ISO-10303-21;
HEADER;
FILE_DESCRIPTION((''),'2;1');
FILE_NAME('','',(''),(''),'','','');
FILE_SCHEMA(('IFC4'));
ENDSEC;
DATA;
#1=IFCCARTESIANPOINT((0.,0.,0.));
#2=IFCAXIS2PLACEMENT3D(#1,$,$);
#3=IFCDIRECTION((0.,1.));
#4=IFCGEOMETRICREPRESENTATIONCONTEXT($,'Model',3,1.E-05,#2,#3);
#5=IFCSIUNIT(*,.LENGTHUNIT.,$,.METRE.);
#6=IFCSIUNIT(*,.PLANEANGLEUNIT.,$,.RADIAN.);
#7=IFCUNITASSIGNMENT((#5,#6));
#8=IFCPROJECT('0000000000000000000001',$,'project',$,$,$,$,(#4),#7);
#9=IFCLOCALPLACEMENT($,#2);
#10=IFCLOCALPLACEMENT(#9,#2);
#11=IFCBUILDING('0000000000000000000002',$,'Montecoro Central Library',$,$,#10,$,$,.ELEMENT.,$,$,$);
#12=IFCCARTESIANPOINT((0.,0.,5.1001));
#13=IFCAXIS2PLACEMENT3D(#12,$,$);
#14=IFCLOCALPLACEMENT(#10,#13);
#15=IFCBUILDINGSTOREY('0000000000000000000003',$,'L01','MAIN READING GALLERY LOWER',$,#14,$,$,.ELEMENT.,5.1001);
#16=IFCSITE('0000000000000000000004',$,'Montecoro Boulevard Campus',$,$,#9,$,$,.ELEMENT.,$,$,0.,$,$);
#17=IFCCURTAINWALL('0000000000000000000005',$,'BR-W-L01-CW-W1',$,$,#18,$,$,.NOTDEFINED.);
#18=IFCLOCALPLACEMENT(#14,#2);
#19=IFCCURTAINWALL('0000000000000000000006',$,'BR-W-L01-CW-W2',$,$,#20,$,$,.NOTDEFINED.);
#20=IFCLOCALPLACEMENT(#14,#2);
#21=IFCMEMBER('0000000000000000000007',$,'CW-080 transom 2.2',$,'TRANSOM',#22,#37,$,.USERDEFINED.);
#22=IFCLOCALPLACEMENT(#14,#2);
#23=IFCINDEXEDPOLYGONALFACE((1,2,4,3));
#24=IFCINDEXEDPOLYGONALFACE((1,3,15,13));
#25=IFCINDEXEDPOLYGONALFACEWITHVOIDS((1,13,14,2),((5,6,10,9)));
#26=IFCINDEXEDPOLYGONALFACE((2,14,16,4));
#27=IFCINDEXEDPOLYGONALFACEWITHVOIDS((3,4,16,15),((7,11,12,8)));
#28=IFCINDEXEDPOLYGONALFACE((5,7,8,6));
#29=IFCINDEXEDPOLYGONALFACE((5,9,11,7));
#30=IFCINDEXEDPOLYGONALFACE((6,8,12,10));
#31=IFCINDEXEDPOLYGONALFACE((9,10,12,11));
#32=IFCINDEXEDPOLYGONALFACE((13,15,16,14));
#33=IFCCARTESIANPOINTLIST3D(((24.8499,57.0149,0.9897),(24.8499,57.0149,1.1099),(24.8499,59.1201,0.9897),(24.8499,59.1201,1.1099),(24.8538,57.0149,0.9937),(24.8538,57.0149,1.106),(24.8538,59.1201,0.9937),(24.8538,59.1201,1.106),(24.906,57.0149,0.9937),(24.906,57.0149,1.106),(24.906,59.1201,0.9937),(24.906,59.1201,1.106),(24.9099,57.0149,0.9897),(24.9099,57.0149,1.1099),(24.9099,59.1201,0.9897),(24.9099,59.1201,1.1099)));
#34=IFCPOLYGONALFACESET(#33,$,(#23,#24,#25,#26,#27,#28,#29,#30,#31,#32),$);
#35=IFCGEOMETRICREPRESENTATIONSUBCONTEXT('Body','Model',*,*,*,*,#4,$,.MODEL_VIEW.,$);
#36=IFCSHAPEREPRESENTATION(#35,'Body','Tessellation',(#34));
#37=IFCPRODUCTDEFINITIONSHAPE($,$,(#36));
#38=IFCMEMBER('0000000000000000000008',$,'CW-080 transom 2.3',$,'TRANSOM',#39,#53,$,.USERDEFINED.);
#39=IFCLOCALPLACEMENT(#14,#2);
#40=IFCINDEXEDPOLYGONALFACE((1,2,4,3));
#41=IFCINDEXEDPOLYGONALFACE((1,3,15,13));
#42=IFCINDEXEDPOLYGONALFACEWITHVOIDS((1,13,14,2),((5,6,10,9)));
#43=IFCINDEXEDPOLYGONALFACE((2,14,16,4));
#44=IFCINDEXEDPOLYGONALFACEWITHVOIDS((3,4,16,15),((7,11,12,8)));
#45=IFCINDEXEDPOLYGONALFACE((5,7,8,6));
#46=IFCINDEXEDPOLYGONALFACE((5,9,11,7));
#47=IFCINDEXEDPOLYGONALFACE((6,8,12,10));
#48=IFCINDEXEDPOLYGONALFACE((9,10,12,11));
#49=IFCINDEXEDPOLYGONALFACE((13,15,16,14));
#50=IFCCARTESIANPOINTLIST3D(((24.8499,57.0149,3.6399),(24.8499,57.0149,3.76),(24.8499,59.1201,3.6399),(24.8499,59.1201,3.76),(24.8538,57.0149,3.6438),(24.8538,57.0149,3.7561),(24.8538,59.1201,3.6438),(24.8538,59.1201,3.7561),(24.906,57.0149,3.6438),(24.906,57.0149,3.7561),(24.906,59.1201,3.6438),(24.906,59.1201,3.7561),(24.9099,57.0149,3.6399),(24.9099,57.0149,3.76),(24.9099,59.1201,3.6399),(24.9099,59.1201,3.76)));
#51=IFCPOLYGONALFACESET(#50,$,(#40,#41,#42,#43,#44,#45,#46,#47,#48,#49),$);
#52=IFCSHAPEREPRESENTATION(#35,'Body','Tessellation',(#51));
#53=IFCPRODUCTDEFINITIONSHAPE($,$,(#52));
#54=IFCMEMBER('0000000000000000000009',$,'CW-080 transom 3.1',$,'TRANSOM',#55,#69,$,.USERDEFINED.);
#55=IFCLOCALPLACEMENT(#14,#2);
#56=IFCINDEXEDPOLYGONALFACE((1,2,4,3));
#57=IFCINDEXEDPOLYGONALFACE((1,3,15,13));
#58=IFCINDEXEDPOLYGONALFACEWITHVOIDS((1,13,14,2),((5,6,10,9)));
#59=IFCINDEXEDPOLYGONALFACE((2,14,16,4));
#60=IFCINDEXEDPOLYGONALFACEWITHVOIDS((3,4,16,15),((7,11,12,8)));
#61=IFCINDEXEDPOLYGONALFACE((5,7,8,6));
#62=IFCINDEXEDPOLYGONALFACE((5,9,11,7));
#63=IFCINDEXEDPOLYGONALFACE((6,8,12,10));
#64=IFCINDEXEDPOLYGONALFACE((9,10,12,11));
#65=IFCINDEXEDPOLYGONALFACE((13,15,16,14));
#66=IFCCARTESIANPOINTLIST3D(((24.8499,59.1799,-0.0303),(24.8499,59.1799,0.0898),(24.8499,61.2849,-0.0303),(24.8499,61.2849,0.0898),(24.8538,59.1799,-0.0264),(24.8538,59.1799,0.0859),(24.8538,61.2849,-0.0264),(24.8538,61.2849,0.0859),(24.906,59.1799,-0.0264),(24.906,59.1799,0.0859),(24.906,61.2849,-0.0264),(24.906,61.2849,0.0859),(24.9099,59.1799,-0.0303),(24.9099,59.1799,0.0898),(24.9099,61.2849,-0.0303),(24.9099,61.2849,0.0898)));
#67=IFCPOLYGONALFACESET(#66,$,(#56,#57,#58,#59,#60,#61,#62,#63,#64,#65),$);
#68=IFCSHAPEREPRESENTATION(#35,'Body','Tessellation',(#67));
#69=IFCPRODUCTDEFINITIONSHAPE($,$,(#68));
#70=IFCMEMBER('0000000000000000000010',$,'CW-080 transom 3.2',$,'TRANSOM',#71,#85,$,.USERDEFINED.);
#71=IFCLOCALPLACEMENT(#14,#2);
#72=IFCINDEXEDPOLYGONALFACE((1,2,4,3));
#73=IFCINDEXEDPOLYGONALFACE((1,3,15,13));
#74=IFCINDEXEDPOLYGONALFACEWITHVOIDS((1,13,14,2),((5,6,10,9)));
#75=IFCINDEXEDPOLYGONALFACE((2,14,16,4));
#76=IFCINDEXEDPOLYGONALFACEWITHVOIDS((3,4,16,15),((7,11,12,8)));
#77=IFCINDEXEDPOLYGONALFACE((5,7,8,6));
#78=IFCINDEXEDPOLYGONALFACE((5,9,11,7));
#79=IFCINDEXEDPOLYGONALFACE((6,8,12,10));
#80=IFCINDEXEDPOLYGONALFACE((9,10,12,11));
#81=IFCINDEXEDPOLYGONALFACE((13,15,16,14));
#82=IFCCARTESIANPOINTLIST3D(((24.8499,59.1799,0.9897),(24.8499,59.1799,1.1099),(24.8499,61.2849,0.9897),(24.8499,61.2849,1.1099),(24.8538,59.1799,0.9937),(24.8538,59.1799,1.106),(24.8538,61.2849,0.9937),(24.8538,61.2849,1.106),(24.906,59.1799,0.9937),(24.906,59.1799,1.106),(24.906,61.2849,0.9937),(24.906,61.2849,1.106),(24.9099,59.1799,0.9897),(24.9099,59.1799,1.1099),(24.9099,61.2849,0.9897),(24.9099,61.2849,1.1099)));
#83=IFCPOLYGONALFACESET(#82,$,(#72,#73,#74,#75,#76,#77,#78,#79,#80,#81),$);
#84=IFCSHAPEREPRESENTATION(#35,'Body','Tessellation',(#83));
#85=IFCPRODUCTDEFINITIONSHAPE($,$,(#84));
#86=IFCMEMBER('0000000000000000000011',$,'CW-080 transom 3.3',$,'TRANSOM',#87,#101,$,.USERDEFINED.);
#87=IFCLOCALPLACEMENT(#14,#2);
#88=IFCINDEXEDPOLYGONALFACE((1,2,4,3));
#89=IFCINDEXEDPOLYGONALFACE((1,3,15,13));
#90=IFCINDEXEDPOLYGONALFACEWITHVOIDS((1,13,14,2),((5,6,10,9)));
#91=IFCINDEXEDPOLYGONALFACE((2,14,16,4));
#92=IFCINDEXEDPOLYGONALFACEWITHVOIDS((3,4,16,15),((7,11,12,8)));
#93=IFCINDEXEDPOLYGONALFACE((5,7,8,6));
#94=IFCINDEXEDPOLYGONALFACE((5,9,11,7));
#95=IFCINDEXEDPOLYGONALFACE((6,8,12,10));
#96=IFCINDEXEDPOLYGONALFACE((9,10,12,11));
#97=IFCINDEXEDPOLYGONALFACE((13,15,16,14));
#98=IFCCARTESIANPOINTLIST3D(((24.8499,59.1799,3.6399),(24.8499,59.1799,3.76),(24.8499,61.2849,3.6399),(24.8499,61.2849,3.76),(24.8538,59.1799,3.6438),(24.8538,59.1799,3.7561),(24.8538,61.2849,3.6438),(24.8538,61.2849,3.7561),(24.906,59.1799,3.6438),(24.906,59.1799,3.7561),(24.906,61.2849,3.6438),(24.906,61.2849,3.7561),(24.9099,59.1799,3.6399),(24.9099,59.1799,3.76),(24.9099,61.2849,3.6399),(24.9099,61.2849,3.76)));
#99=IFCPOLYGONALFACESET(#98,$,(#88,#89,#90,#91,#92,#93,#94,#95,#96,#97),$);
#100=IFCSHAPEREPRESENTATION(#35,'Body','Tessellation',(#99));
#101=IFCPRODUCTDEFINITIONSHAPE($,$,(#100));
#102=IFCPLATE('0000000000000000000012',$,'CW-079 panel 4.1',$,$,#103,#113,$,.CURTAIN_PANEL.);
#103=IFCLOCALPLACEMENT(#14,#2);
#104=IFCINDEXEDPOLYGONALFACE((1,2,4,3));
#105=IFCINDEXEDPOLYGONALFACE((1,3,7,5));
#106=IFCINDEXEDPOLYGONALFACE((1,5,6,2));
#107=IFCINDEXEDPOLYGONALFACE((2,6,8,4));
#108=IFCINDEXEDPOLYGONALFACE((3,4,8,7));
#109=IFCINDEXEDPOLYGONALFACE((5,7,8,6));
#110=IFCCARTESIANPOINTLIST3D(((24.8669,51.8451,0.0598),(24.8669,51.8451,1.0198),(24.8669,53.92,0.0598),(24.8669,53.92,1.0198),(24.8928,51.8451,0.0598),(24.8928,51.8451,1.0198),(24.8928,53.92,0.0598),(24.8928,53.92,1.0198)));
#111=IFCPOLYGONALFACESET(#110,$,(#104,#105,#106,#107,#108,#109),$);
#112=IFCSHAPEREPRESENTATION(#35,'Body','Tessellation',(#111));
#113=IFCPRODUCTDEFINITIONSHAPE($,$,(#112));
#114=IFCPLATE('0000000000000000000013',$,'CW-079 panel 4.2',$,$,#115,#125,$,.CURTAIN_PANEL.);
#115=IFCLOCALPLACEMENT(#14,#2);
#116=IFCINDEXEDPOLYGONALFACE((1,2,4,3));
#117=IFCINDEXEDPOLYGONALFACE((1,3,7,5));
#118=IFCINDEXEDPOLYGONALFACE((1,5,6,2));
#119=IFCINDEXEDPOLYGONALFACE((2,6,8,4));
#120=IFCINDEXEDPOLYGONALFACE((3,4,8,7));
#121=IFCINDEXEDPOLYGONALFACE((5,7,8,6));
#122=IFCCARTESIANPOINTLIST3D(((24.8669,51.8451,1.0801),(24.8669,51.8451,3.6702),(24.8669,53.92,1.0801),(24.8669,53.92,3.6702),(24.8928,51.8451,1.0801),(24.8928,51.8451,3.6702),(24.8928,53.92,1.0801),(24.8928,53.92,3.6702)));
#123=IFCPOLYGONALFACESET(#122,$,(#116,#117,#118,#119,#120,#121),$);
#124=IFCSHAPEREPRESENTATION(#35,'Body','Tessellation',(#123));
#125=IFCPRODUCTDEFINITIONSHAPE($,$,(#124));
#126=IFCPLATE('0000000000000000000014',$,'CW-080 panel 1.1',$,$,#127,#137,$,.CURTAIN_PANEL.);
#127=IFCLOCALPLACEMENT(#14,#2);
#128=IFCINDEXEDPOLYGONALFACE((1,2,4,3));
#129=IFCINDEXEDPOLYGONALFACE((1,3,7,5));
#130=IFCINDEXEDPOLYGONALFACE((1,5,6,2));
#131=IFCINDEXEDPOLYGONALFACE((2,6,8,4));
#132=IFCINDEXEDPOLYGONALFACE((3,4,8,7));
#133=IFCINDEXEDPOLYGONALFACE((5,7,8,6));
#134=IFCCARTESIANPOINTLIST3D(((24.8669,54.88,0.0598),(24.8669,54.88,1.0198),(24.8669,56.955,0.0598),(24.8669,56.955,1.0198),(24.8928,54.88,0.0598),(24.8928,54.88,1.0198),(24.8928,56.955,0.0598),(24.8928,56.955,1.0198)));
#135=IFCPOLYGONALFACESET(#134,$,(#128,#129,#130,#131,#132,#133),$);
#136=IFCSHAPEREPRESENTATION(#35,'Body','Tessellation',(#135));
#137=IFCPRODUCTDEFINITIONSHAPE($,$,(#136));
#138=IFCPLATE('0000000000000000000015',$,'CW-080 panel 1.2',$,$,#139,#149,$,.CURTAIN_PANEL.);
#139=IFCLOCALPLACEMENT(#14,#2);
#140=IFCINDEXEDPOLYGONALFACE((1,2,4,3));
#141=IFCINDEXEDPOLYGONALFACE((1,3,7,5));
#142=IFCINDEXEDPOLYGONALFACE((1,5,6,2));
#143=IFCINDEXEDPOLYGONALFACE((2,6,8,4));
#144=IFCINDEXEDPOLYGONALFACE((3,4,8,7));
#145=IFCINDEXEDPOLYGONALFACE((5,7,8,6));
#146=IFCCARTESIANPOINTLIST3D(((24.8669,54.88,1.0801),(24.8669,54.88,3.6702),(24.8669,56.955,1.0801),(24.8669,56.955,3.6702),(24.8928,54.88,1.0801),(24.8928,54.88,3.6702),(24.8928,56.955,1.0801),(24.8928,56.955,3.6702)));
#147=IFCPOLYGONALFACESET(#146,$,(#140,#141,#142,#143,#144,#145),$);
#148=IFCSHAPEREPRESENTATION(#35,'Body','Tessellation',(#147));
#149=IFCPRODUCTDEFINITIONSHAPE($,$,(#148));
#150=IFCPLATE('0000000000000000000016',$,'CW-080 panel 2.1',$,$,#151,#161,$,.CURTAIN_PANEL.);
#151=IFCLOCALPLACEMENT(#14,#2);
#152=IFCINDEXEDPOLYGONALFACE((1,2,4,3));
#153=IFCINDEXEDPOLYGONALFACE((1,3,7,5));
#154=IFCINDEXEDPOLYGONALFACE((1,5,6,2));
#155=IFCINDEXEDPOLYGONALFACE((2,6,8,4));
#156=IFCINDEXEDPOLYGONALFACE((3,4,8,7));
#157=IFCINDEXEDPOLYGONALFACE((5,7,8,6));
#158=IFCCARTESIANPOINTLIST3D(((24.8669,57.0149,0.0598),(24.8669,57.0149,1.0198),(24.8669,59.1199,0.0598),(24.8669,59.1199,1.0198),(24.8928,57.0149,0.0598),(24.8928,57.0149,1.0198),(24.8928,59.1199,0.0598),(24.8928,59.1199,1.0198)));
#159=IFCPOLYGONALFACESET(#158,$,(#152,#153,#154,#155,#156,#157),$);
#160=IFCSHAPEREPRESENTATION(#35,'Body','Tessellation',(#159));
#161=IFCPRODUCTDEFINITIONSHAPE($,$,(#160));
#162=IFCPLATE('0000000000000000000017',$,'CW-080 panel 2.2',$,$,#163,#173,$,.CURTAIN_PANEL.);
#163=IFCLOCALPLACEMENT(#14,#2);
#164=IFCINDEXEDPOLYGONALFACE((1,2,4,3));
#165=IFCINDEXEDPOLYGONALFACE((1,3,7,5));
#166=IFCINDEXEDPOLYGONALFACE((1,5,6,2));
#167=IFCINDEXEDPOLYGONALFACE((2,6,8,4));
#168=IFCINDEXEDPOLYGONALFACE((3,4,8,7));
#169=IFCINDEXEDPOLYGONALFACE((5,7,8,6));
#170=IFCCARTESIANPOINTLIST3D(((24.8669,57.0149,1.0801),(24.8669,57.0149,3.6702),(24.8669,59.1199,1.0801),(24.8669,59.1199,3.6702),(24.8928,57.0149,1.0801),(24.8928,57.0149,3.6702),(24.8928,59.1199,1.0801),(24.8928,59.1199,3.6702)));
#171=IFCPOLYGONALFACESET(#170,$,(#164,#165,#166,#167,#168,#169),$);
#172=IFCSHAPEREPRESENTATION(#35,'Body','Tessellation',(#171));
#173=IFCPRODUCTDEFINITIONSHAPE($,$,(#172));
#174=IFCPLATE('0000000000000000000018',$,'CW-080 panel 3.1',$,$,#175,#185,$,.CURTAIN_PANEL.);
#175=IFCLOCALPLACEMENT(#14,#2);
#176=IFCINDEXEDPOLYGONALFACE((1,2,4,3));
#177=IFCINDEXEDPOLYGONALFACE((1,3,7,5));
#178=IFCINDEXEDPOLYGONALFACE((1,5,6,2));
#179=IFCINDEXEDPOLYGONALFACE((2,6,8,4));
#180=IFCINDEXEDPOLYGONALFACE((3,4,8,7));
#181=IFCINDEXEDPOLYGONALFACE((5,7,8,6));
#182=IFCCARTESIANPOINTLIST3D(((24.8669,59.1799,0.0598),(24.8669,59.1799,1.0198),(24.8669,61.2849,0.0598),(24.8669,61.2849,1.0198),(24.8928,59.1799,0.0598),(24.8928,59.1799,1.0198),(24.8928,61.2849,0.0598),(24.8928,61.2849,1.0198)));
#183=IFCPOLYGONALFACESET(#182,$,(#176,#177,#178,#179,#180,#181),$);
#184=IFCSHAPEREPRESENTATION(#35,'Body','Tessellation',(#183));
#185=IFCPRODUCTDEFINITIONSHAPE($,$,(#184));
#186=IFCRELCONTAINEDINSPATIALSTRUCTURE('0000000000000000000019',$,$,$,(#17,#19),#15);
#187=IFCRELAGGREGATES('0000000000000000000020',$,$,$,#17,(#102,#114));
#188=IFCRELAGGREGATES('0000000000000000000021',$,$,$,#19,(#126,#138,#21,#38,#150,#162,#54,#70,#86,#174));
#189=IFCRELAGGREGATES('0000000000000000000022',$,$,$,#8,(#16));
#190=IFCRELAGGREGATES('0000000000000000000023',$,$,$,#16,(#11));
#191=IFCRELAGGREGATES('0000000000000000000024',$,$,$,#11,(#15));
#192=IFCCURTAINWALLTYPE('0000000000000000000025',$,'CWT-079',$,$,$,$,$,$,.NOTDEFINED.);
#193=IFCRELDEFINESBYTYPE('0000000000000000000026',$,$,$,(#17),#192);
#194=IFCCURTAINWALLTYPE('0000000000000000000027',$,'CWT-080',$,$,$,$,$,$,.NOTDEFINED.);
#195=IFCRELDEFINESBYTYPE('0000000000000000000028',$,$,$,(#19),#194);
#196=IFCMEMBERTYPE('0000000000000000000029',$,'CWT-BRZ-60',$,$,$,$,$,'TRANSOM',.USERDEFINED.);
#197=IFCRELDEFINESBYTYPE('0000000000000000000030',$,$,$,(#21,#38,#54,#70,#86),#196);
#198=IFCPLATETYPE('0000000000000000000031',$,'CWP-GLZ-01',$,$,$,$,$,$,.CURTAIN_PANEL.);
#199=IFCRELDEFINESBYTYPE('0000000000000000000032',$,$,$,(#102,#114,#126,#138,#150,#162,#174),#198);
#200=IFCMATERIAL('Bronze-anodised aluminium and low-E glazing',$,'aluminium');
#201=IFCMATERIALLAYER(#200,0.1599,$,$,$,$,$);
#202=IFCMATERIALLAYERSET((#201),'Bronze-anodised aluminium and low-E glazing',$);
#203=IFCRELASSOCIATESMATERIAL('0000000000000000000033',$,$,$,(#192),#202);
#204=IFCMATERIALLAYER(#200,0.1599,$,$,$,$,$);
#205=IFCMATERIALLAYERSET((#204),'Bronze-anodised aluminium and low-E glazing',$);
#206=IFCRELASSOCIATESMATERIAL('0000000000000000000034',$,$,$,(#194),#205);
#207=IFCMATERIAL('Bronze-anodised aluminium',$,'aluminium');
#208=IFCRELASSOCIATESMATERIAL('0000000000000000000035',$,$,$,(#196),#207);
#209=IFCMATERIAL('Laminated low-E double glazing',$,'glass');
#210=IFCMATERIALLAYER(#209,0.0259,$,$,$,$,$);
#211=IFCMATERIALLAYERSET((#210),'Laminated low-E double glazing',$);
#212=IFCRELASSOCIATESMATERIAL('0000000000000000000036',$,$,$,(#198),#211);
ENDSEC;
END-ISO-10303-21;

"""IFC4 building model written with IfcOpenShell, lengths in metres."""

from ifc_helpers import new_model, si_unit, direction, frame, origin, origin_2d, place, context, subcontext, project, spatial, rectangle, hollow_rectangle, extrude, material, layer, layer_set, material_profile, profile_set, type_object, element, aggregate, save


model = new_model("IFC4")

# Units and contexts
model_context = context("Model", 3, precision=1e-05, world=origin(), true_north=direction((0.0, 1.0)))
body_context = subcontext(model_context, "Body", "Model", "MODEL_VIEW")
ifc_project = project(units=[si_unit("LENGTHUNIT", "METRE"), si_unit("PLANEANGLEUNIT", "RADIAN")], contexts=[model_context])

# Site, building, storey
site_placement = place(None, origin())
site = spatial("IfcSite", under=ifc_project, at=site_placement, Name="Montecoro Boulevard Campus", CompositionType="ELEMENT", RefElevation=0.0)
building_placement = place(site_placement, origin())
building = spatial("IfcBuilding", under=site, at=building_placement, Name="Montecoro Central Library", CompositionType="ELEMENT")
storey_placement = place(building_placement, frame((0.0, 0.0, 5.1001)))
storey = spatial("IfcBuildingStorey", under=building, at=storey_placement, Name="L01", Description="MAIN READING GALLERY LOWER", CompositionType="ELEMENT", Elevation=5.1001)

# Curtain wall
ifc_material_1 = material(Name="Bronze-anodised aluminium and low-E glazing", Category="aluminium")
ifc_layer_1 = layer(ifc_material_1, 0.1599)
ifc_layer_set_1 = layer_set([ifc_layer_1], Name="Bronze-anodised aluminium and low-E glazing")
curtain_wall_type_1 = type_object("IfcCurtainWallType", Name="CWT-079", PredefinedType="NOTDEFINED", material=ifc_layer_set_1)
curtain_wall_1_placement = place(storey_placement, origin())
curtain_wall_1 = element("IfcCurtainWall", 1, at=curtain_wall_1_placement, inside=storey, type_object=curtain_wall_type_1, Name="BR-W-L01-CW-W1", PredefinedType="NOTDEFINED")
ifc_material_2 = material(Name="Bronze-anodised aluminium", Category="aluminium")

# Curtain wall
ifc_layer_2 = layer(ifc_material_1, 0.1599)
ifc_layer_set_2 = layer_set([ifc_layer_2], Name="Bronze-anodised aluminium and low-E glazing")
curtain_wall_type_2 = type_object("IfcCurtainWallType", Name="CWT-080", PredefinedType="NOTDEFINED", material=ifc_layer_set_2)
curtain_wall_2_placement = place(storey_placement, origin())
curtain_wall_2 = element("IfcCurtainWall", 2, at=curtain_wall_2_placement, inside=storey, type_object=curtain_wall_type_2, Name="BR-W-L01-CW-W2", PredefinedType="NOTDEFINED")

# Members
ifc_material_profile_1 = material_profile(ifc_material_2, hollow_rectangle(XDim=0.0601, YDim=0.1201, WallThickness=0.0039, at=origin_2d()), Name="CWT 120x60x4.0")
ifc_profile_set_1 = profile_set([ifc_material_profile_1], Name="Bronze-anodised aluminium")
member_type_1 = type_object("IfcMemberType", Name="CWT-BRZ-60", ElementType="TRANSOM", PredefinedType="USERDEFINED", material=ifc_profile_set_1)
member_1_placement = place(storey_placement, frame((24.8799, 57.0149, 1.0498), z_axis=(0.0, 1.0, 0.0), x_axis=(-1.0, 0.0, 0.0)))
member_1 = element("IfcMember", 3, at=member_1_placement, type_object=member_type_1, Name="CW-080 transom 2.2", ObjectType="TRANSOM", PredefinedType="USERDEFINED", context=body_context, shape_type="SweptSolid", body=[
    extrude(hollow_rectangle(XDim=0.0601, YDim=0.1201, WallThickness=0.0039, at=origin_2d()), origin(), (0.0, 0.0, 1.0), 2.1052),
])
member_2_placement = place(storey_placement, frame((24.8799, 57.0149, 3.7), z_axis=(0.0, 1.0, 0.0), x_axis=(-1.0, 0.0, 0.0)))
member_2 = element("IfcMember", 4, at=member_2_placement, type_object=member_type_1, Name="CW-080 transom 2.3", ObjectType="TRANSOM", PredefinedType="USERDEFINED", context=body_context, shape_type="SweptSolid", body=[
    extrude(hollow_rectangle(XDim=0.0601, YDim=0.1201, WallThickness=0.0039, at=origin_2d()), origin(), (0.0, 0.0, 1.0), 2.1052),
])
member_3_placement = place(storey_placement, frame((24.8799, 59.1799, 0.0298), z_axis=(0.0, 1.0, 0.0), x_axis=(-1.0, 0.0, 0.0)))
member_3 = element("IfcMember", 5, at=member_3_placement, type_object=member_type_1, Name="CW-080 transom 3.1", ObjectType="TRANSOM", PredefinedType="USERDEFINED", context=body_context, shape_type="SweptSolid", body=[
    extrude(hollow_rectangle(XDim=0.0601, YDim=0.1201, WallThickness=0.0039, at=origin_2d()), origin(), (0.0, 0.0, 1.0), 2.105),
])
member_4_placement = place(storey_placement, frame((24.8799, 59.1799, 1.0498), z_axis=(0.0, 1.0, 0.0), x_axis=(-1.0, 0.0, 0.0)))
member_4 = element("IfcMember", 6, at=member_4_placement, type_object=member_type_1, Name="CW-080 transom 3.2", ObjectType="TRANSOM", PredefinedType="USERDEFINED", context=body_context, shape_type="SweptSolid", body=[
    extrude(hollow_rectangle(XDim=0.0601, YDim=0.1201, WallThickness=0.0039, at=origin_2d()), origin(), (0.0, 0.0, 1.0), 2.105),
])
member_5_placement = place(storey_placement, frame((24.8799, 59.1799, 3.7), z_axis=(0.0, 1.0, 0.0), x_axis=(-1.0, 0.0, 0.0)))
member_5 = element("IfcMember", 7, at=member_5_placement, type_object=member_type_1, Name="CW-080 transom 3.3", ObjectType="TRANSOM", PredefinedType="USERDEFINED", context=body_context, shape_type="SweptSolid", body=[
    extrude(hollow_rectangle(XDim=0.0601, YDim=0.1201, WallThickness=0.0039, at=origin_2d()), origin(), (0.0, 0.0, 1.0), 2.105),
])

# Plates
ifc_material_3 = material(Name="Laminated low-E double glazing", Category="glass")
ifc_layer_3 = layer(ifc_material_3, 0.0259)
ifc_layer_set_3 = layer_set([ifc_layer_3], Name="Laminated low-E double glazing")
plate_type = type_object("IfcPlateType", Name="CWP-GLZ-01", PredefinedType="CURTAIN_PANEL", material=ifc_layer_set_3)
plate_1_placement = place(storey_placement, frame((24.8799, 52.8826, 0.0598), z_axis=(0.0, 0.0, 1.0), x_axis=(0.0, 1.0, 0.0)))
plate_1 = element("IfcPlate", 8, at=plate_1_placement, type_object=plate_type, Name="CW-079 panel 4.1", PredefinedType="CURTAIN_PANEL", context=body_context, shape_type="SweptSolid", body=[
    extrude(rectangle(XDim=2.075, YDim=0.0259, at=origin_2d()), origin(), (0.0, 0.0, 1.0), 0.96),
])
plate_2_placement = place(storey_placement, frame((24.8799, 52.8826, 1.0801), z_axis=(0.0, 0.0, 1.0), x_axis=(0.0, 1.0, 0.0)))
plate_2 = element("IfcPlate", 9, at=plate_2_placement, type_object=plate_type, Name="CW-079 panel 4.2", PredefinedType="CURTAIN_PANEL", context=body_context, shape_type="SweptSolid", body=[
    extrude(rectangle(XDim=2.075, YDim=0.0259, at=origin_2d()), origin(), (0.0, 0.0, 1.0), 2.5901),
])
aggregate(curtain_wall_1, [plate_1, plate_2])
plate_3_placement = place(storey_placement, frame((24.8799, 55.9175, 0.0598), z_axis=(0.0, 0.0, 1.0), x_axis=(0.0, 1.0, 0.0)))
plate_3 = element("IfcPlate", 10, at=plate_3_placement, type_object=plate_type, Name="CW-080 panel 1.1", PredefinedType="CURTAIN_PANEL", context=body_context, shape_type="SweptSolid", body=[
    extrude(rectangle(XDim=2.075, YDim=0.0259, at=origin_2d()), origin(), (0.0, 0.0, 1.0), 0.96),
])
plate_4_placement = place(storey_placement, frame((24.8799, 55.9175, 1.0801), z_axis=(0.0, 0.0, 1.0), x_axis=(0.0, 1.0, 0.0)))
plate_4 = element("IfcPlate", 11, at=plate_4_placement, type_object=plate_type, Name="CW-080 panel 1.2", PredefinedType="CURTAIN_PANEL", context=body_context, shape_type="SweptSolid", body=[
    extrude(rectangle(XDim=2.075, YDim=0.0259, at=origin_2d()), origin(), (0.0, 0.0, 1.0), 2.5901),
])
plate_5_placement = place(storey_placement, frame((24.8799, 58.0674, 0.0598), z_axis=(0.0, 0.0, 1.0), x_axis=(0.0, 1.0, 0.0)))
plate_5 = element("IfcPlate", 12, at=plate_5_placement, type_object=plate_type, Name="CW-080 panel 2.1", PredefinedType="CURTAIN_PANEL", context=body_context, shape_type="SweptSolid", body=[
    extrude(rectangle(XDim=2.105, YDim=0.0259, at=origin_2d()), origin(), (0.0, 0.0, 1.0), 0.96),
])
plate_6_placement = place(storey_placement, frame((24.8799, 58.0674, 1.0801), z_axis=(0.0, 0.0, 1.0), x_axis=(0.0, 1.0, 0.0)))
plate_6 = element("IfcPlate", 13, at=plate_6_placement, type_object=plate_type, Name="CW-080 panel 2.2", PredefinedType="CURTAIN_PANEL", context=body_context, shape_type="SweptSolid", body=[
    extrude(rectangle(XDim=2.105, YDim=0.0259, at=origin_2d()), origin(), (0.0, 0.0, 1.0), 2.5901),
])
plate_7_placement = place(storey_placement, frame((24.8799, 60.2324, 0.0598), z_axis=(0.0, 0.0, 1.0), x_axis=(0.0, 1.0, 0.0)))
plate_7 = element("IfcPlate", 14, at=plate_7_placement, type_object=plate_type, Name="CW-080 panel 3.1", PredefinedType="CURTAIN_PANEL", context=body_context, shape_type="SweptSolid", body=[
    extrude(rectangle(XDim=2.105, YDim=0.0259, at=origin_2d()), origin(), (0.0, 0.0, 1.0), 0.96),
])
aggregate(curtain_wall_2, [plate_3, plate_4, member_1, member_2, plate_5, plate_6, member_3, member_4, member_5, plate_7])

save(model, "model.ifc")
